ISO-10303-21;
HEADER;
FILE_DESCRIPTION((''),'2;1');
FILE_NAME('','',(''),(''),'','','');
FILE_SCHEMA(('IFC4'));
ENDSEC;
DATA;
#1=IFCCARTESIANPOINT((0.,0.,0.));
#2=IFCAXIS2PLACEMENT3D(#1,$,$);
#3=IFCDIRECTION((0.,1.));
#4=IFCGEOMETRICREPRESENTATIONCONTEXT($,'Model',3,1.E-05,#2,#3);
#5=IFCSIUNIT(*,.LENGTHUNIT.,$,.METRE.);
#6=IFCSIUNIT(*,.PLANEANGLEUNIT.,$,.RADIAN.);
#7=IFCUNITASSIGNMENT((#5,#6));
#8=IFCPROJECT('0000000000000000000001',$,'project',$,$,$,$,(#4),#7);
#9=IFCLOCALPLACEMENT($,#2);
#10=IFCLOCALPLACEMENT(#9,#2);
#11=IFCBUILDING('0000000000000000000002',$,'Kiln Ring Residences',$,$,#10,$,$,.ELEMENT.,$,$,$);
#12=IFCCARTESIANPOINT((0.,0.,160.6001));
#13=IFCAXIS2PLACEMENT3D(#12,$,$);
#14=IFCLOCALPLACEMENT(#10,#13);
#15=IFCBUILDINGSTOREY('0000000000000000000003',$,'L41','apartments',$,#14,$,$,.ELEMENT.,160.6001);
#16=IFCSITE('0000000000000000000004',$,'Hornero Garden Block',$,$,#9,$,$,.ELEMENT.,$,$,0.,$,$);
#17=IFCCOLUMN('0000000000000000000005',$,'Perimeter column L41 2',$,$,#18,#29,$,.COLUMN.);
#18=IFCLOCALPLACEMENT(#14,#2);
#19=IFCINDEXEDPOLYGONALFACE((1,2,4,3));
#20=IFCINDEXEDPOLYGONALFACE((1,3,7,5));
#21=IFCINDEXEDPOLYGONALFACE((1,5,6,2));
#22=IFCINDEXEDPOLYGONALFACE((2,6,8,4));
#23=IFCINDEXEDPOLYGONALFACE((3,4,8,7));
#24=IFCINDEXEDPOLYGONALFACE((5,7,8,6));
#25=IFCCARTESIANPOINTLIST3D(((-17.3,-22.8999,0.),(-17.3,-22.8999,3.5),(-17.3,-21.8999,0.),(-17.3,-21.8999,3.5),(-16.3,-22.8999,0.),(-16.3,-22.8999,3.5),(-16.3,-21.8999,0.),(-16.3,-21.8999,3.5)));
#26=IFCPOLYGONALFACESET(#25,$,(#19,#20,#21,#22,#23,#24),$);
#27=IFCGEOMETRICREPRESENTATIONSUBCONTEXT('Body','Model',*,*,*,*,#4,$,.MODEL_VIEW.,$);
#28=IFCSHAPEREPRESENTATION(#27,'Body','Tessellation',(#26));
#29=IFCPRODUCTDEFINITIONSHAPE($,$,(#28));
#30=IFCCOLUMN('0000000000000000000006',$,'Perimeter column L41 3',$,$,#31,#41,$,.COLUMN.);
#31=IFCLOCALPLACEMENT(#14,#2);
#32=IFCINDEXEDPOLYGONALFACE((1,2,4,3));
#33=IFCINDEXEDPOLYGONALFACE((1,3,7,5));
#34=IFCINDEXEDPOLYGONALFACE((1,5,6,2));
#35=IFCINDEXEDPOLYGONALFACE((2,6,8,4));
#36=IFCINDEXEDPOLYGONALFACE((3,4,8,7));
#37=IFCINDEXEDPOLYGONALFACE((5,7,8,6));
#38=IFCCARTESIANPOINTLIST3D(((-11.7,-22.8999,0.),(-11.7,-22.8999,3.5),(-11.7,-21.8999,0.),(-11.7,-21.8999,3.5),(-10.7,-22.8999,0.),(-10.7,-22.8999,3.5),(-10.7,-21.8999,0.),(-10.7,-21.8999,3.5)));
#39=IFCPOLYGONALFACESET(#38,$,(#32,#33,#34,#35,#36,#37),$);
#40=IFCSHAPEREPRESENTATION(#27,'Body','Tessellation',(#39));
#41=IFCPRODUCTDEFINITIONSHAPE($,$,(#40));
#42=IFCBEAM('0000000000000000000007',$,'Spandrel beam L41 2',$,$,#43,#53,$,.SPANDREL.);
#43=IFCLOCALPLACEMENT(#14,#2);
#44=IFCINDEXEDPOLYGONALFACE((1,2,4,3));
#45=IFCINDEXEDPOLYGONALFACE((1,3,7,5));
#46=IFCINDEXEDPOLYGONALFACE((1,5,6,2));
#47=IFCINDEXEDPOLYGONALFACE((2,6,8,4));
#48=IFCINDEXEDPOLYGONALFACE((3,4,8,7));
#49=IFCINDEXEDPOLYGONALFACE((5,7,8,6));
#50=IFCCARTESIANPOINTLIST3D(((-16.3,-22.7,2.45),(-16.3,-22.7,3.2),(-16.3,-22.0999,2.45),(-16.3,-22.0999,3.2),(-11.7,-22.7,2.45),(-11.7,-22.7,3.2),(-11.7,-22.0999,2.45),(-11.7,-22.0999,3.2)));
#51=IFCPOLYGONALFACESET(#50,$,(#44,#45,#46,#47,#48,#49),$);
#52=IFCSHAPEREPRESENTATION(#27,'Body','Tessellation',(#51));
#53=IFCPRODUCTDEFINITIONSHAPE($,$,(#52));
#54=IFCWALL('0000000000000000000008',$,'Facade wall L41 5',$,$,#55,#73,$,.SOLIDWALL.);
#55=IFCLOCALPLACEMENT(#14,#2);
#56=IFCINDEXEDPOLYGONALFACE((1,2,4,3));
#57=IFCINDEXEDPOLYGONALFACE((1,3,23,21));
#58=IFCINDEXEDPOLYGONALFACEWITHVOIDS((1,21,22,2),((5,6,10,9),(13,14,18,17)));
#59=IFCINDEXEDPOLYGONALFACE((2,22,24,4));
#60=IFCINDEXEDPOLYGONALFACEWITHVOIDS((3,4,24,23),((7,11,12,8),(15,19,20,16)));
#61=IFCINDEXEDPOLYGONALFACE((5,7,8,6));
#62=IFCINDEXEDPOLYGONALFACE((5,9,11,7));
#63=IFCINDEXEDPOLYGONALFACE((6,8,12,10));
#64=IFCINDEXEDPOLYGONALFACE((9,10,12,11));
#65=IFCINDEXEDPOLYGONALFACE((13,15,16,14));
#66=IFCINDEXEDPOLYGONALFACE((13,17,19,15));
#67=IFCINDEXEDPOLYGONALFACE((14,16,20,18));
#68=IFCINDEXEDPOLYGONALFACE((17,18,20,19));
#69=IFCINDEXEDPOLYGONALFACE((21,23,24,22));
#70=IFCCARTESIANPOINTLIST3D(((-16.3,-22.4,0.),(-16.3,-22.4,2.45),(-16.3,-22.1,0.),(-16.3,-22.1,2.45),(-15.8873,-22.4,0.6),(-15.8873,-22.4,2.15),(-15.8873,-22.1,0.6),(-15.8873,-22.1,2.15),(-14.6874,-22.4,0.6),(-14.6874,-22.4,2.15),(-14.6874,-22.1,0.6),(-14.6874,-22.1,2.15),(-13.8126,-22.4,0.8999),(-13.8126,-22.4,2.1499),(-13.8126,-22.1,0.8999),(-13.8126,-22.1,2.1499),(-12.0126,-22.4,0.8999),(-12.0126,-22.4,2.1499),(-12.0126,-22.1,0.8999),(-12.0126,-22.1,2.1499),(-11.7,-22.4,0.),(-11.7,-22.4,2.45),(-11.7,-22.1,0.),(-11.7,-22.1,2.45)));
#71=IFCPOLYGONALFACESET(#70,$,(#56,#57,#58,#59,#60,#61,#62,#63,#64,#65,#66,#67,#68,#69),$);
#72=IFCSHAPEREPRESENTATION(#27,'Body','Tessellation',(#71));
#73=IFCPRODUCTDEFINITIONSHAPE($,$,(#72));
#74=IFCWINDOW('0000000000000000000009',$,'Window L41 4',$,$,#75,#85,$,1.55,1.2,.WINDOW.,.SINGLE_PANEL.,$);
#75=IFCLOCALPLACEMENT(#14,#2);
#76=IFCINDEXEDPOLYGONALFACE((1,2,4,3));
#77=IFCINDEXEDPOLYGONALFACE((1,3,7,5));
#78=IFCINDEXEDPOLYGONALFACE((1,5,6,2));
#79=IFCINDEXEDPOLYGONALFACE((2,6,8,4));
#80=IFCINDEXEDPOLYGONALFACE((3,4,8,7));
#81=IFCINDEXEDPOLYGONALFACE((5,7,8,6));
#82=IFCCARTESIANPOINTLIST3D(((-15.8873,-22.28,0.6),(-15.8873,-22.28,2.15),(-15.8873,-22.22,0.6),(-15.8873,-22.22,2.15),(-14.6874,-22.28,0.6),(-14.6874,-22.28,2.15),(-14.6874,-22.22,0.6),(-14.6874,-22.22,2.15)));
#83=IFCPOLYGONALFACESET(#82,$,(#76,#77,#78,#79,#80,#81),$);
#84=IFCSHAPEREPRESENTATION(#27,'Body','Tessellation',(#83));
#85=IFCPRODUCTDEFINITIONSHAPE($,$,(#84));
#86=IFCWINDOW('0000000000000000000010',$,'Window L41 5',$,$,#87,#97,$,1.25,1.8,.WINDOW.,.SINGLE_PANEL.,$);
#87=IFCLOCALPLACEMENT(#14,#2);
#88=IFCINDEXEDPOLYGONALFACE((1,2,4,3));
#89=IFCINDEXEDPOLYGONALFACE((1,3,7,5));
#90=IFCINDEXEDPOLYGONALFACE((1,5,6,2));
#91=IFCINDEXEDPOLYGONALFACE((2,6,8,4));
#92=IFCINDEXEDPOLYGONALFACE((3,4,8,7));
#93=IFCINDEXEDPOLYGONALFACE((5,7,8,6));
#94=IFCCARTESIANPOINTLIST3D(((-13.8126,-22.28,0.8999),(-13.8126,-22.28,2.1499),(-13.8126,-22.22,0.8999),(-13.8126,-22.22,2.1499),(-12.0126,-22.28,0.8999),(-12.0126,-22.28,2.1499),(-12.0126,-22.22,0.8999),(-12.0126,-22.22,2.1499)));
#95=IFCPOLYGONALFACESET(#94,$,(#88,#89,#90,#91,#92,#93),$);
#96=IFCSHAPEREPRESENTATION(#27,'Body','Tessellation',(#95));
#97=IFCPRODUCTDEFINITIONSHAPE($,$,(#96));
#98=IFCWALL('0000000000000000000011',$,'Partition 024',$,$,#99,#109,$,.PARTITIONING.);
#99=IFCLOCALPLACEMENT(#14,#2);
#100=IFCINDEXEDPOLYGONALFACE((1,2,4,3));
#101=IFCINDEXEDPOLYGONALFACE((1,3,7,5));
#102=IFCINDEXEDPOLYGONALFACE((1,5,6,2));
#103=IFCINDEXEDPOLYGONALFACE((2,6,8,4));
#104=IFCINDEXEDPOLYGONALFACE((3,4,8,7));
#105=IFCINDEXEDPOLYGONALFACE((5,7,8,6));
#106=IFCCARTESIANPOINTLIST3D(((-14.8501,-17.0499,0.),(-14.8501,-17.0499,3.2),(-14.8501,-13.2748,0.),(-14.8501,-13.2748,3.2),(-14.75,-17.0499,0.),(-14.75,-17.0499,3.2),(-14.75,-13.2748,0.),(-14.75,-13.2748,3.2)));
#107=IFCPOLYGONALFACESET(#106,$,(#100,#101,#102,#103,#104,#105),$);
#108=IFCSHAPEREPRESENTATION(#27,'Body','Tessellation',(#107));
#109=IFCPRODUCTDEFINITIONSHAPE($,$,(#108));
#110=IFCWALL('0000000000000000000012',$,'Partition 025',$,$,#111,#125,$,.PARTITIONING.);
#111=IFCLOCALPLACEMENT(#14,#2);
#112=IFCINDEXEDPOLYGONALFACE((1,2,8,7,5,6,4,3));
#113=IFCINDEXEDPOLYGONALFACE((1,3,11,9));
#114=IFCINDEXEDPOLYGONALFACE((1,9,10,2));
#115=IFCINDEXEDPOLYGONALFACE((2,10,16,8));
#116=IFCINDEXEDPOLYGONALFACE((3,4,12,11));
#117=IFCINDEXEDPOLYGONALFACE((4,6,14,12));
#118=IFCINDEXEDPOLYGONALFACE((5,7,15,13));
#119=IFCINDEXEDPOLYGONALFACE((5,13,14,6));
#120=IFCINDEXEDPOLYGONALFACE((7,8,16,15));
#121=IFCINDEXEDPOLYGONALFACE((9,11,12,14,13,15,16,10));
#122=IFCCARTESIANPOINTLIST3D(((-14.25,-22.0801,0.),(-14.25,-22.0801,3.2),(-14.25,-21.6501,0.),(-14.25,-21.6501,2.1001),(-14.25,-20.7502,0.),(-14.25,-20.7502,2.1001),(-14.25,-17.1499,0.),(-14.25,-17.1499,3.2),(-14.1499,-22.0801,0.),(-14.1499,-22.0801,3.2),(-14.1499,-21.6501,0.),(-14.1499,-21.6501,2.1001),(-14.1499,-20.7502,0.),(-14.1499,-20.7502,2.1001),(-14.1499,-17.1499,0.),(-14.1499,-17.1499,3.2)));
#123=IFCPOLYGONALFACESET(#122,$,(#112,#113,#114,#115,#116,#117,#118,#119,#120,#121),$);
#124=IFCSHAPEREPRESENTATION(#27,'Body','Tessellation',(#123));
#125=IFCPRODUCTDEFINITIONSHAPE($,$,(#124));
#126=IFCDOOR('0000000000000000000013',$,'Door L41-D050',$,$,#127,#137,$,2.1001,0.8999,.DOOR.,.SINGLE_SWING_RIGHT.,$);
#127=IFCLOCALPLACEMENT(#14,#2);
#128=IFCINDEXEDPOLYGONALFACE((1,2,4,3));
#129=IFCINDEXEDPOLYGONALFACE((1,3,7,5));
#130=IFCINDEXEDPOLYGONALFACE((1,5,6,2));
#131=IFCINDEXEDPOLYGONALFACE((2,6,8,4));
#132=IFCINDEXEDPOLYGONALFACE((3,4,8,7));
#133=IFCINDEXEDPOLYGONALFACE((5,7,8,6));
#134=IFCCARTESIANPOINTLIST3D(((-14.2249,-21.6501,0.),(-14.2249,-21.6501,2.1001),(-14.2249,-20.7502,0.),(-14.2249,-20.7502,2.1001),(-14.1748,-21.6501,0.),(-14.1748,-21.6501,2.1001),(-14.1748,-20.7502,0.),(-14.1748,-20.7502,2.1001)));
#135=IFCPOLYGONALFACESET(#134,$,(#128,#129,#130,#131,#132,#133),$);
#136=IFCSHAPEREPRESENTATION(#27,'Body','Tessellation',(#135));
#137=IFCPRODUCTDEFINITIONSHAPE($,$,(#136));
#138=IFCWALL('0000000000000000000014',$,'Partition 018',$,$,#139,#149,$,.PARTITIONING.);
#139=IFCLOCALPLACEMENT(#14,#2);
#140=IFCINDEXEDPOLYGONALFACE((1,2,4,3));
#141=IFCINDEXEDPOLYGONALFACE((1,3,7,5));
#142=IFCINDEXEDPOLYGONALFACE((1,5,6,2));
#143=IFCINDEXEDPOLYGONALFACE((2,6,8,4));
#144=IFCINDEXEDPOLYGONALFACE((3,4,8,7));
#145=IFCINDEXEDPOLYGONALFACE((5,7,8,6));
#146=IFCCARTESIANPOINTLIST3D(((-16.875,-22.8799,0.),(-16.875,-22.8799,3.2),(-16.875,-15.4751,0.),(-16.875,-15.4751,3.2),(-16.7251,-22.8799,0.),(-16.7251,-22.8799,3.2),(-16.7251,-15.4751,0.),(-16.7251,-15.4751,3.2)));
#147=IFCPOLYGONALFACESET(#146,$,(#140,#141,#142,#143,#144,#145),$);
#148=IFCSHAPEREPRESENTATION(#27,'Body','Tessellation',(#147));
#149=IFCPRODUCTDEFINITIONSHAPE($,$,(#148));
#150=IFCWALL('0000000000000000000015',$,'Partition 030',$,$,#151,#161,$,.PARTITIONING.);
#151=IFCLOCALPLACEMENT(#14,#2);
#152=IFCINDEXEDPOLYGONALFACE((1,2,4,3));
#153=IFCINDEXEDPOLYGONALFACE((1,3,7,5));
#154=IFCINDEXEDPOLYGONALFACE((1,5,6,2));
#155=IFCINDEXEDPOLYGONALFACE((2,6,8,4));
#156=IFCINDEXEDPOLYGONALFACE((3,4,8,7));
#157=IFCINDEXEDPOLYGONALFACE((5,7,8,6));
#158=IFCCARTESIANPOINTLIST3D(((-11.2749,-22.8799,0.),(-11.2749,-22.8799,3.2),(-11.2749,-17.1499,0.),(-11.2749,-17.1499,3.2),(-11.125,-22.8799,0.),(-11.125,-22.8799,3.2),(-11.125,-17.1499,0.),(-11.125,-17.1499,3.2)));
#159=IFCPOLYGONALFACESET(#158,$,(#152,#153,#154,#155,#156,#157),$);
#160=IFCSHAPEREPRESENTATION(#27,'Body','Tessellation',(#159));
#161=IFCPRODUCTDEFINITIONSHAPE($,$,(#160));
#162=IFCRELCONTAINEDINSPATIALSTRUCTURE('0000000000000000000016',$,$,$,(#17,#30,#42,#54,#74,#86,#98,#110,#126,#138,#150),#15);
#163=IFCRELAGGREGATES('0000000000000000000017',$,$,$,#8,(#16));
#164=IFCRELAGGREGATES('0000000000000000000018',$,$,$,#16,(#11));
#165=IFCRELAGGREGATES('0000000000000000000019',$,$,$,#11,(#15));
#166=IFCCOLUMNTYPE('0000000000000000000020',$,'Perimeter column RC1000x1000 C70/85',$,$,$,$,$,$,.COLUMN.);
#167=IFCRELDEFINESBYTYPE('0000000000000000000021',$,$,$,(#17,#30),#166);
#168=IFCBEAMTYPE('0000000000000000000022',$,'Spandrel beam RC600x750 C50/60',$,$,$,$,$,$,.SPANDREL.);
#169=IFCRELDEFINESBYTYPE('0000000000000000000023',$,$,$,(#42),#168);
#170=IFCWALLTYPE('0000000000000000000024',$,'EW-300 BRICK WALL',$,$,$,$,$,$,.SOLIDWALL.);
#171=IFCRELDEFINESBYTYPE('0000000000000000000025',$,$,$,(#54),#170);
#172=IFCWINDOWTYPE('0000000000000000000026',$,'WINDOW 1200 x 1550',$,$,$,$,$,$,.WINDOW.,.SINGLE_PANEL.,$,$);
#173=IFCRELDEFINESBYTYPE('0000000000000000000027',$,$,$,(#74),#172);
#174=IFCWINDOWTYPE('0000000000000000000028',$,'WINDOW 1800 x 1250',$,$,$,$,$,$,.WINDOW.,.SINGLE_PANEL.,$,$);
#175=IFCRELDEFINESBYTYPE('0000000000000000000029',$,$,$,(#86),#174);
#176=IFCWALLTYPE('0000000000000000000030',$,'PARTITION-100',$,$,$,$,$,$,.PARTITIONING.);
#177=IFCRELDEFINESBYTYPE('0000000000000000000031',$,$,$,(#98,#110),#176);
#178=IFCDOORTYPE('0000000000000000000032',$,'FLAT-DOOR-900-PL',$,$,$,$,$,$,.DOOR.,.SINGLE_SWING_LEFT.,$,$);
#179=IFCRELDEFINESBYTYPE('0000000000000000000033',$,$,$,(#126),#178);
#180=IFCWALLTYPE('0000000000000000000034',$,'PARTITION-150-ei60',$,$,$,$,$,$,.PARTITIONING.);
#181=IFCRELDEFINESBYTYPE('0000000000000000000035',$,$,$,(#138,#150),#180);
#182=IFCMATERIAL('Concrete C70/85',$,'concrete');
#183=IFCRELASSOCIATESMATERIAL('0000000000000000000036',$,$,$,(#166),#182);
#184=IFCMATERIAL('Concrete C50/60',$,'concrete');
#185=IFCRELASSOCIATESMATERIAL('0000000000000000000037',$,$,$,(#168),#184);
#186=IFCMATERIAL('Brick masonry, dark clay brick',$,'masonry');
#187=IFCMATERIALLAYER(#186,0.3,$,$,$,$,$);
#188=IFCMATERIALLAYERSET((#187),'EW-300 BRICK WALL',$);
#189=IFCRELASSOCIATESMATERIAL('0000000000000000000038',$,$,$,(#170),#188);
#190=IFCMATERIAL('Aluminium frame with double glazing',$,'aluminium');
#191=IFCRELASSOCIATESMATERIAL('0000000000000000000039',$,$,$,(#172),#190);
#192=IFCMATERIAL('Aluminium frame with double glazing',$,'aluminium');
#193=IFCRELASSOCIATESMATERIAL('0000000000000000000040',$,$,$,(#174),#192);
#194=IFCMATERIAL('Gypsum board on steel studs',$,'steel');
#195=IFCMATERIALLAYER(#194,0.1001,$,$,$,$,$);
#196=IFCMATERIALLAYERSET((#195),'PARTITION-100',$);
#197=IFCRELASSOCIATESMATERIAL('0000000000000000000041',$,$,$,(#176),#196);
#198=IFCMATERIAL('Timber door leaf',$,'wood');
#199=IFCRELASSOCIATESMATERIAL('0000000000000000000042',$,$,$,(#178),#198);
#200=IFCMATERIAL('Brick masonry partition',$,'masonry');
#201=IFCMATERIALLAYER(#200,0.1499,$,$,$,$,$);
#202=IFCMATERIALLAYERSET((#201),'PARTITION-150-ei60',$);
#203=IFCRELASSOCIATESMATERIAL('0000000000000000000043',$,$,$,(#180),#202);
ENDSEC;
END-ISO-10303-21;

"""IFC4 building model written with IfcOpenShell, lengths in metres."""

from ifc_helpers import new_model, si_unit, direction, frame, frame_2d, origin, origin_2d, place, context, subcontext, project, spatial, rectangle, extrude, material, layer, layer_set, material_profile, profile_set, type_object, element, fill, save


model = new_model("IFC4")

# Units and contexts
model_context = context("Model", 3, precision=1e-05, world=origin(), true_north=direction((0.0, 1.0)))
body_context = subcontext(model_context, "Body", "Model", "MODEL_VIEW")
ifc_project = project(units=[si_unit("LENGTHUNIT", "METRE"), si_unit("PLANEANGLEUNIT", "RADIAN")], contexts=[model_context])

# Site, building, storey
site_placement = place(None, origin())
site = spatial("IfcSite", under=ifc_project, at=site_placement, Name="Hornero Garden Block", CompositionType="ELEMENT", RefElevation=0.0)
building_placement = place(site_placement, origin())
building = spatial("IfcBuilding", under=site, at=building_placement, Name="Kiln Ring Residences", CompositionType="ELEMENT")
storey_placement = place(building_placement, frame((0.0, 0.0, 160.6001)))
storey = spatial("IfcBuildingStorey", under=building, at=storey_placement, Name="L41", Description="apartments", CompositionType="ELEMENT", Elevation=160.6001)

# Columns
ifc_material_1 = material(Name="Concrete C70/85", Category="concrete")
ifc_material_profile_1 = material_profile(ifc_material_1, rectangle(XDim=1.0, YDim=1.0, at=origin_2d()), Name="RC1000x1000")
ifc_profile_set_1 = profile_set([ifc_material_profile_1], Name="Concrete C70/85")
column_type = type_object("IfcColumnType", Name="Perimeter column RC1000x1000 C70/85", PredefinedType="COLUMN", material=ifc_profile_set_1)
for number, where, z_axis, x_axis, name in (
    (1, (-16.8, -22.3999, 0.0), (0.0, 0.0, 1.0), (1.0, 0.0, 0.0), "Perimeter column L41 2"),
    (2, (-11.2, -22.3999, 0.0), (0.0, 0.0, 1.0), (1.0, 0.0, 0.0), "Perimeter column L41 3"),
):
    element("IfcColumn", number, at=place(storey_placement, frame(where, z_axis=z_axis, x_axis=x_axis)), inside=storey, type_object=column_type, Name=name, PredefinedType="COLUMN", context=body_context, shape_type="SweptSolid", body=[
        extrude(rectangle(XDim=1.0, YDim=1.0, at=origin_2d()), origin(), (0.0, 0.0, 1.0), 3.5),
    ])

# Beam
ifc_material_2 = material(Name="Concrete C50/60", Category="concrete")
ifc_material_profile_2 = material_profile(ifc_material_2, rectangle(XDim=0.6001, YDim=0.75, at=origin_2d()), Name="RC600x750")
ifc_profile_set_2 = profile_set([ifc_material_profile_2], Name="Concrete C50/60")
beam_type = type_object("IfcBeamType", Name="Spandrel beam RC600x750 C50/60", PredefinedType="SPANDREL", material=ifc_profile_set_2)
beam_placement = place(storey_placement, frame((-16.3, -22.3999, 2.825), z_axis=(1.0, 0.0, 0.0), x_axis=(0.0, 1.0, 0.0)))
element("IfcBeam", 3, at=beam_placement, inside=storey, type_object=beam_type, Name="Spandrel beam L41 2", PredefinedType="SPANDREL", context=body_context, shape_type="SweptSolid", body=[
    extrude(rectangle(XDim=0.6001, YDim=0.75, at=origin_2d()), origin(), (0.0, 0.0, 1.0), 4.6001),
])

# Wall, openings, windows
ifc_material_3 = material(Name="Brick masonry, dark clay brick", Category="masonry")
ifc_layer_1 = layer(ifc_material_3, 0.3)
ifc_layer_set_1 = layer_set([ifc_layer_1], Name="EW-300 BRICK WALL")
wall_type_1 = type_object("IfcWallType", Name="EW-300 BRICK WALL", PredefinedType="SOLIDWALL", material=ifc_layer_set_1)
wall_1_placement = place(storey_placement, frame((-16.3, -22.25, 0.0), z_axis=(0.0, 0.0, 1.0), x_axis=(1.0, 0.0, 0.0)))
wall_1 = element("IfcWall", 4, at=wall_1_placement, inside=storey, type_object=wall_type_1, Name="Facade wall L41 5", PredefinedType="SOLIDWALL", context=body_context, shape_type="SweptSolid", body=[
    extrude(rectangle(XDim=4.6001, YDim=0.3, at=frame_2d((2.3, 0.0))), origin(), (0.0, 0.0, 1.0), 2.45),
])
opening_1_placement = place(wall_1_placement, frame((0.4126, 0.0, 0.6001)))
opening_1 = element("IfcOpeningElement", 5, at=opening_1_placement, cuts=wall_1, PredefinedType="OPENING", context=body_context, shape_type="SweptSolid", body=[
    extrude(rectangle(XDim=1.2, YDim=1.55, at=frame_2d((0.6001, 0.7749))), frame((0.0, 0.1599, 0.0), z_axis=(0.0, -1.0, 0.0), x_axis=(1.0, 0.0, 0.0)), (0.0, 0.0, 1.0), 0.3201),
])
opening_2_placement = place(wall_1_placement, frame((2.4875, 0.0, 0.8999)))
opening_2 = element("IfcOpeningElement", 6, at=opening_2_placement, cuts=wall_1, PredefinedType="OPENING", context=body_context, shape_type="SweptSolid", body=[
    extrude(rectangle(XDim=1.8, YDim=1.25, at=frame_2d((0.8999, 0.625))), frame((0.0, 0.1599, 0.0), z_axis=(0.0, -1.0, 0.0), x_axis=(1.0, 0.0, 0.0)), (0.0, 0.0, 1.0), 0.3201),
])
ifc_material_4 = material(Name="Aluminium frame with double glazing", Category="aluminium")
window_type_1 = type_object("IfcWindowType", Name="WINDOW 1200 x 1550", PartitioningType="SINGLE_PANEL", PredefinedType="WINDOW", material=ifc_material_4)
window_1_placement = place(opening_1_placement, origin())
window_1 = element("IfcWindow", 7, at=window_1_placement, inside=storey, type_object=window_type_1, Name="Window L41 4", OverallHeight=1.55, OverallWidth=1.2, PartitioningType="SINGLE_PANEL", PredefinedType="WINDOW", context=body_context, shape_type="SweptSolid", body=[
    extrude(rectangle(XDim=1.2, YDim=1.55, at=frame_2d((0.6001, 0.7749))), frame((0.0, 0.03, 0.0), z_axis=(0.0, -1.0, 0.0), x_axis=(1.0, 0.0, 0.0)), (0.0, 0.0, 1.0), 0.0601),
])
fill(opening_1, window_1)
ifc_material_5 = material(Name="Aluminium frame with double glazing", Category="aluminium")
window_type_2 = type_object("IfcWindowType", Name="WINDOW 1800 x 1250", PartitioningType="SINGLE_PANEL", PredefinedType="WINDOW", material=ifc_material_5)
window_2_placement = place(opening_2_placement, origin())
window_2 = element("IfcWindow", 8, at=window_2_placement, inside=storey, type_object=window_type_2, Name="Window L41 5", OverallHeight=1.25, OverallWidth=1.8, PartitioningType="SINGLE_PANEL", PredefinedType="WINDOW", context=body_context, shape_type="SweptSolid", body=[
    extrude(rectangle(XDim=1.8, YDim=1.25, at=frame_2d((0.8999, 0.625))), frame((0.0, 0.03, 0.0), z_axis=(0.0, -1.0, 0.0), x_axis=(1.0, 0.0, 0.0)), (0.0, 0.0, 1.0), 0.0601),
])
fill(opening_2, window_2)

# Shared definitions
ifc_material_6 = material(Name="Gypsum board on steel studs", Category="steel")
ifc_layer_2 = layer(ifc_material_6, 0.1001)
ifc_layer_set_2 = layer_set([ifc_layer_2], Name="PARTITION-100")
wall_type_2 = type_object("IfcWallType", Name="PARTITION-100", PredefinedType="PARTITIONING", material=ifc_layer_set_2)
ifc_material_7 = material(Name="Timber door leaf", Category="wood")
door_type_1 = type_object("IfcDoorType", Name="FLAT-DOOR-900-PL", OperationType="SINGLE_SWING_LEFT", PredefinedType="DOOR", material=ifc_material_7)

# Wall
wall_2_placement = place(storey_placement, frame((-14.8, -17.05, 0.0), z_axis=(0.0, 0.0, 1.0), x_axis=(0.0, 1.0, 0.0)))
element("IfcWall", 9, at=wall_2_placement, inside=storey, type_object=wall_type_2, Name="Partition 024", PredefinedType="PARTITIONING", context=body_context, shape_type="SweptSolid", body=[
    extrude(rectangle(XDim=3.7751, YDim=0.1001, at=frame_2d((1.8877, 0.0))), origin(), (0.0, 0.0, 1.0), 3.2),
])

# Wall, opening, door
wall_3_placement = place(storey_placement, frame((-14.2, -22.0801, 0.0), z_axis=(0.0, 0.0, 1.0), x_axis=(0.0, 1.0, 0.0)))
wall_3 = element("IfcWall", 10, at=wall_3_placement, inside=storey, type_object=wall_type_2, Name="Partition 025", PredefinedType="PARTITIONING", context=body_context, shape_type="SweptSolid", body=[
    extrude(rectangle(XDim=4.9302, YDim=0.1001, at=frame_2d((2.4651, 0.0))), origin(), (0.0, 0.0, 1.0), 3.2),
])
opening_3_placement = place(wall_3_placement, frame((0.4299, 0.0, 0.0)))
opening_3 = element("IfcOpeningElement", 11, at=opening_3_placement, cuts=wall_3, PredefinedType="OPENING", context=body_context, shape_type="SweptSolid", body=[
    extrude(rectangle(XDim=0.8999, YDim=2.1001, at=frame_2d((0.45, 1.05))), frame((0.0, 0.0601, 0.0), z_axis=(0.0, -1.0, 0.0), x_axis=(1.0, 0.0, 0.0)), (0.0, 0.0, 1.0), 0.1201),
])
door_1_placement = place(opening_3_placement, origin())
door_1 = element("IfcDoor", 12, at=door_1_placement, inside=storey, type_object=door_type_1, Name="Door L41-D050", OperationType="SINGLE_SWING_RIGHT", OverallHeight=2.1001, OverallWidth=0.8999, PredefinedType="DOOR", context=body_context, shape_type="SweptSolid", body=[
    extrude(rectangle(XDim=0.8999, YDim=2.1001, at=frame_2d((0.45, 1.05))), frame((0.0, 0.0249, 0.0), z_axis=(0.0, -1.0, 0.0), x_axis=(1.0, 0.0, 0.0)), (0.0, 0.0, 1.0), 0.05),
])
fill(opening_3, door_1)

# Walls
ifc_material_8 = material(Name="Brick masonry partition", Category="masonry")
ifc_layer_3 = layer(ifc_material_8, 0.1499)
ifc_layer_set_3 = layer_set([ifc_layer_3], Name="PARTITION-150-ei60")
wall_type_3 = type_object("IfcWallType", Name="PARTITION-150-ei60", PredefinedType="PARTITIONING", material=ifc_layer_set_3)
wall_4_placement = place(storey_placement, frame((-16.8, -22.8799, 0.0), z_axis=(0.0, 0.0, 1.0), x_axis=(0.0, 1.0, 0.0)))
element("IfcWall", 13, at=wall_4_placement, inside=storey, type_object=wall_type_3, Name="Partition 018", PredefinedType="PARTITIONING", context=body_context, shape_type="SweptSolid", body=[
    extrude(rectangle(XDim=7.4048, YDim=0.1499, at=frame_2d((3.7024, 0.0))), origin(), (0.0, 0.0, 1.0), 3.2),
])
wall_5_placement = place(storey_placement, frame((-11.2, -22.8799, 0.0), z_axis=(0.0, 0.0, 1.0), x_axis=(0.0, 1.0, 0.0)))
element("IfcWall", 14, at=wall_5_placement, inside=storey, type_object=wall_type_3, Name="Partition 030", PredefinedType="PARTITIONING", context=body_context, shape_type="SweptSolid", body=[
    extrude(rectangle(XDim=5.73, YDim=0.1499, at=frame_2d((2.865, 0.0))), origin(), (0.0, 0.0, 1.0), 3.2),
])

save(model, "model.ifc")
